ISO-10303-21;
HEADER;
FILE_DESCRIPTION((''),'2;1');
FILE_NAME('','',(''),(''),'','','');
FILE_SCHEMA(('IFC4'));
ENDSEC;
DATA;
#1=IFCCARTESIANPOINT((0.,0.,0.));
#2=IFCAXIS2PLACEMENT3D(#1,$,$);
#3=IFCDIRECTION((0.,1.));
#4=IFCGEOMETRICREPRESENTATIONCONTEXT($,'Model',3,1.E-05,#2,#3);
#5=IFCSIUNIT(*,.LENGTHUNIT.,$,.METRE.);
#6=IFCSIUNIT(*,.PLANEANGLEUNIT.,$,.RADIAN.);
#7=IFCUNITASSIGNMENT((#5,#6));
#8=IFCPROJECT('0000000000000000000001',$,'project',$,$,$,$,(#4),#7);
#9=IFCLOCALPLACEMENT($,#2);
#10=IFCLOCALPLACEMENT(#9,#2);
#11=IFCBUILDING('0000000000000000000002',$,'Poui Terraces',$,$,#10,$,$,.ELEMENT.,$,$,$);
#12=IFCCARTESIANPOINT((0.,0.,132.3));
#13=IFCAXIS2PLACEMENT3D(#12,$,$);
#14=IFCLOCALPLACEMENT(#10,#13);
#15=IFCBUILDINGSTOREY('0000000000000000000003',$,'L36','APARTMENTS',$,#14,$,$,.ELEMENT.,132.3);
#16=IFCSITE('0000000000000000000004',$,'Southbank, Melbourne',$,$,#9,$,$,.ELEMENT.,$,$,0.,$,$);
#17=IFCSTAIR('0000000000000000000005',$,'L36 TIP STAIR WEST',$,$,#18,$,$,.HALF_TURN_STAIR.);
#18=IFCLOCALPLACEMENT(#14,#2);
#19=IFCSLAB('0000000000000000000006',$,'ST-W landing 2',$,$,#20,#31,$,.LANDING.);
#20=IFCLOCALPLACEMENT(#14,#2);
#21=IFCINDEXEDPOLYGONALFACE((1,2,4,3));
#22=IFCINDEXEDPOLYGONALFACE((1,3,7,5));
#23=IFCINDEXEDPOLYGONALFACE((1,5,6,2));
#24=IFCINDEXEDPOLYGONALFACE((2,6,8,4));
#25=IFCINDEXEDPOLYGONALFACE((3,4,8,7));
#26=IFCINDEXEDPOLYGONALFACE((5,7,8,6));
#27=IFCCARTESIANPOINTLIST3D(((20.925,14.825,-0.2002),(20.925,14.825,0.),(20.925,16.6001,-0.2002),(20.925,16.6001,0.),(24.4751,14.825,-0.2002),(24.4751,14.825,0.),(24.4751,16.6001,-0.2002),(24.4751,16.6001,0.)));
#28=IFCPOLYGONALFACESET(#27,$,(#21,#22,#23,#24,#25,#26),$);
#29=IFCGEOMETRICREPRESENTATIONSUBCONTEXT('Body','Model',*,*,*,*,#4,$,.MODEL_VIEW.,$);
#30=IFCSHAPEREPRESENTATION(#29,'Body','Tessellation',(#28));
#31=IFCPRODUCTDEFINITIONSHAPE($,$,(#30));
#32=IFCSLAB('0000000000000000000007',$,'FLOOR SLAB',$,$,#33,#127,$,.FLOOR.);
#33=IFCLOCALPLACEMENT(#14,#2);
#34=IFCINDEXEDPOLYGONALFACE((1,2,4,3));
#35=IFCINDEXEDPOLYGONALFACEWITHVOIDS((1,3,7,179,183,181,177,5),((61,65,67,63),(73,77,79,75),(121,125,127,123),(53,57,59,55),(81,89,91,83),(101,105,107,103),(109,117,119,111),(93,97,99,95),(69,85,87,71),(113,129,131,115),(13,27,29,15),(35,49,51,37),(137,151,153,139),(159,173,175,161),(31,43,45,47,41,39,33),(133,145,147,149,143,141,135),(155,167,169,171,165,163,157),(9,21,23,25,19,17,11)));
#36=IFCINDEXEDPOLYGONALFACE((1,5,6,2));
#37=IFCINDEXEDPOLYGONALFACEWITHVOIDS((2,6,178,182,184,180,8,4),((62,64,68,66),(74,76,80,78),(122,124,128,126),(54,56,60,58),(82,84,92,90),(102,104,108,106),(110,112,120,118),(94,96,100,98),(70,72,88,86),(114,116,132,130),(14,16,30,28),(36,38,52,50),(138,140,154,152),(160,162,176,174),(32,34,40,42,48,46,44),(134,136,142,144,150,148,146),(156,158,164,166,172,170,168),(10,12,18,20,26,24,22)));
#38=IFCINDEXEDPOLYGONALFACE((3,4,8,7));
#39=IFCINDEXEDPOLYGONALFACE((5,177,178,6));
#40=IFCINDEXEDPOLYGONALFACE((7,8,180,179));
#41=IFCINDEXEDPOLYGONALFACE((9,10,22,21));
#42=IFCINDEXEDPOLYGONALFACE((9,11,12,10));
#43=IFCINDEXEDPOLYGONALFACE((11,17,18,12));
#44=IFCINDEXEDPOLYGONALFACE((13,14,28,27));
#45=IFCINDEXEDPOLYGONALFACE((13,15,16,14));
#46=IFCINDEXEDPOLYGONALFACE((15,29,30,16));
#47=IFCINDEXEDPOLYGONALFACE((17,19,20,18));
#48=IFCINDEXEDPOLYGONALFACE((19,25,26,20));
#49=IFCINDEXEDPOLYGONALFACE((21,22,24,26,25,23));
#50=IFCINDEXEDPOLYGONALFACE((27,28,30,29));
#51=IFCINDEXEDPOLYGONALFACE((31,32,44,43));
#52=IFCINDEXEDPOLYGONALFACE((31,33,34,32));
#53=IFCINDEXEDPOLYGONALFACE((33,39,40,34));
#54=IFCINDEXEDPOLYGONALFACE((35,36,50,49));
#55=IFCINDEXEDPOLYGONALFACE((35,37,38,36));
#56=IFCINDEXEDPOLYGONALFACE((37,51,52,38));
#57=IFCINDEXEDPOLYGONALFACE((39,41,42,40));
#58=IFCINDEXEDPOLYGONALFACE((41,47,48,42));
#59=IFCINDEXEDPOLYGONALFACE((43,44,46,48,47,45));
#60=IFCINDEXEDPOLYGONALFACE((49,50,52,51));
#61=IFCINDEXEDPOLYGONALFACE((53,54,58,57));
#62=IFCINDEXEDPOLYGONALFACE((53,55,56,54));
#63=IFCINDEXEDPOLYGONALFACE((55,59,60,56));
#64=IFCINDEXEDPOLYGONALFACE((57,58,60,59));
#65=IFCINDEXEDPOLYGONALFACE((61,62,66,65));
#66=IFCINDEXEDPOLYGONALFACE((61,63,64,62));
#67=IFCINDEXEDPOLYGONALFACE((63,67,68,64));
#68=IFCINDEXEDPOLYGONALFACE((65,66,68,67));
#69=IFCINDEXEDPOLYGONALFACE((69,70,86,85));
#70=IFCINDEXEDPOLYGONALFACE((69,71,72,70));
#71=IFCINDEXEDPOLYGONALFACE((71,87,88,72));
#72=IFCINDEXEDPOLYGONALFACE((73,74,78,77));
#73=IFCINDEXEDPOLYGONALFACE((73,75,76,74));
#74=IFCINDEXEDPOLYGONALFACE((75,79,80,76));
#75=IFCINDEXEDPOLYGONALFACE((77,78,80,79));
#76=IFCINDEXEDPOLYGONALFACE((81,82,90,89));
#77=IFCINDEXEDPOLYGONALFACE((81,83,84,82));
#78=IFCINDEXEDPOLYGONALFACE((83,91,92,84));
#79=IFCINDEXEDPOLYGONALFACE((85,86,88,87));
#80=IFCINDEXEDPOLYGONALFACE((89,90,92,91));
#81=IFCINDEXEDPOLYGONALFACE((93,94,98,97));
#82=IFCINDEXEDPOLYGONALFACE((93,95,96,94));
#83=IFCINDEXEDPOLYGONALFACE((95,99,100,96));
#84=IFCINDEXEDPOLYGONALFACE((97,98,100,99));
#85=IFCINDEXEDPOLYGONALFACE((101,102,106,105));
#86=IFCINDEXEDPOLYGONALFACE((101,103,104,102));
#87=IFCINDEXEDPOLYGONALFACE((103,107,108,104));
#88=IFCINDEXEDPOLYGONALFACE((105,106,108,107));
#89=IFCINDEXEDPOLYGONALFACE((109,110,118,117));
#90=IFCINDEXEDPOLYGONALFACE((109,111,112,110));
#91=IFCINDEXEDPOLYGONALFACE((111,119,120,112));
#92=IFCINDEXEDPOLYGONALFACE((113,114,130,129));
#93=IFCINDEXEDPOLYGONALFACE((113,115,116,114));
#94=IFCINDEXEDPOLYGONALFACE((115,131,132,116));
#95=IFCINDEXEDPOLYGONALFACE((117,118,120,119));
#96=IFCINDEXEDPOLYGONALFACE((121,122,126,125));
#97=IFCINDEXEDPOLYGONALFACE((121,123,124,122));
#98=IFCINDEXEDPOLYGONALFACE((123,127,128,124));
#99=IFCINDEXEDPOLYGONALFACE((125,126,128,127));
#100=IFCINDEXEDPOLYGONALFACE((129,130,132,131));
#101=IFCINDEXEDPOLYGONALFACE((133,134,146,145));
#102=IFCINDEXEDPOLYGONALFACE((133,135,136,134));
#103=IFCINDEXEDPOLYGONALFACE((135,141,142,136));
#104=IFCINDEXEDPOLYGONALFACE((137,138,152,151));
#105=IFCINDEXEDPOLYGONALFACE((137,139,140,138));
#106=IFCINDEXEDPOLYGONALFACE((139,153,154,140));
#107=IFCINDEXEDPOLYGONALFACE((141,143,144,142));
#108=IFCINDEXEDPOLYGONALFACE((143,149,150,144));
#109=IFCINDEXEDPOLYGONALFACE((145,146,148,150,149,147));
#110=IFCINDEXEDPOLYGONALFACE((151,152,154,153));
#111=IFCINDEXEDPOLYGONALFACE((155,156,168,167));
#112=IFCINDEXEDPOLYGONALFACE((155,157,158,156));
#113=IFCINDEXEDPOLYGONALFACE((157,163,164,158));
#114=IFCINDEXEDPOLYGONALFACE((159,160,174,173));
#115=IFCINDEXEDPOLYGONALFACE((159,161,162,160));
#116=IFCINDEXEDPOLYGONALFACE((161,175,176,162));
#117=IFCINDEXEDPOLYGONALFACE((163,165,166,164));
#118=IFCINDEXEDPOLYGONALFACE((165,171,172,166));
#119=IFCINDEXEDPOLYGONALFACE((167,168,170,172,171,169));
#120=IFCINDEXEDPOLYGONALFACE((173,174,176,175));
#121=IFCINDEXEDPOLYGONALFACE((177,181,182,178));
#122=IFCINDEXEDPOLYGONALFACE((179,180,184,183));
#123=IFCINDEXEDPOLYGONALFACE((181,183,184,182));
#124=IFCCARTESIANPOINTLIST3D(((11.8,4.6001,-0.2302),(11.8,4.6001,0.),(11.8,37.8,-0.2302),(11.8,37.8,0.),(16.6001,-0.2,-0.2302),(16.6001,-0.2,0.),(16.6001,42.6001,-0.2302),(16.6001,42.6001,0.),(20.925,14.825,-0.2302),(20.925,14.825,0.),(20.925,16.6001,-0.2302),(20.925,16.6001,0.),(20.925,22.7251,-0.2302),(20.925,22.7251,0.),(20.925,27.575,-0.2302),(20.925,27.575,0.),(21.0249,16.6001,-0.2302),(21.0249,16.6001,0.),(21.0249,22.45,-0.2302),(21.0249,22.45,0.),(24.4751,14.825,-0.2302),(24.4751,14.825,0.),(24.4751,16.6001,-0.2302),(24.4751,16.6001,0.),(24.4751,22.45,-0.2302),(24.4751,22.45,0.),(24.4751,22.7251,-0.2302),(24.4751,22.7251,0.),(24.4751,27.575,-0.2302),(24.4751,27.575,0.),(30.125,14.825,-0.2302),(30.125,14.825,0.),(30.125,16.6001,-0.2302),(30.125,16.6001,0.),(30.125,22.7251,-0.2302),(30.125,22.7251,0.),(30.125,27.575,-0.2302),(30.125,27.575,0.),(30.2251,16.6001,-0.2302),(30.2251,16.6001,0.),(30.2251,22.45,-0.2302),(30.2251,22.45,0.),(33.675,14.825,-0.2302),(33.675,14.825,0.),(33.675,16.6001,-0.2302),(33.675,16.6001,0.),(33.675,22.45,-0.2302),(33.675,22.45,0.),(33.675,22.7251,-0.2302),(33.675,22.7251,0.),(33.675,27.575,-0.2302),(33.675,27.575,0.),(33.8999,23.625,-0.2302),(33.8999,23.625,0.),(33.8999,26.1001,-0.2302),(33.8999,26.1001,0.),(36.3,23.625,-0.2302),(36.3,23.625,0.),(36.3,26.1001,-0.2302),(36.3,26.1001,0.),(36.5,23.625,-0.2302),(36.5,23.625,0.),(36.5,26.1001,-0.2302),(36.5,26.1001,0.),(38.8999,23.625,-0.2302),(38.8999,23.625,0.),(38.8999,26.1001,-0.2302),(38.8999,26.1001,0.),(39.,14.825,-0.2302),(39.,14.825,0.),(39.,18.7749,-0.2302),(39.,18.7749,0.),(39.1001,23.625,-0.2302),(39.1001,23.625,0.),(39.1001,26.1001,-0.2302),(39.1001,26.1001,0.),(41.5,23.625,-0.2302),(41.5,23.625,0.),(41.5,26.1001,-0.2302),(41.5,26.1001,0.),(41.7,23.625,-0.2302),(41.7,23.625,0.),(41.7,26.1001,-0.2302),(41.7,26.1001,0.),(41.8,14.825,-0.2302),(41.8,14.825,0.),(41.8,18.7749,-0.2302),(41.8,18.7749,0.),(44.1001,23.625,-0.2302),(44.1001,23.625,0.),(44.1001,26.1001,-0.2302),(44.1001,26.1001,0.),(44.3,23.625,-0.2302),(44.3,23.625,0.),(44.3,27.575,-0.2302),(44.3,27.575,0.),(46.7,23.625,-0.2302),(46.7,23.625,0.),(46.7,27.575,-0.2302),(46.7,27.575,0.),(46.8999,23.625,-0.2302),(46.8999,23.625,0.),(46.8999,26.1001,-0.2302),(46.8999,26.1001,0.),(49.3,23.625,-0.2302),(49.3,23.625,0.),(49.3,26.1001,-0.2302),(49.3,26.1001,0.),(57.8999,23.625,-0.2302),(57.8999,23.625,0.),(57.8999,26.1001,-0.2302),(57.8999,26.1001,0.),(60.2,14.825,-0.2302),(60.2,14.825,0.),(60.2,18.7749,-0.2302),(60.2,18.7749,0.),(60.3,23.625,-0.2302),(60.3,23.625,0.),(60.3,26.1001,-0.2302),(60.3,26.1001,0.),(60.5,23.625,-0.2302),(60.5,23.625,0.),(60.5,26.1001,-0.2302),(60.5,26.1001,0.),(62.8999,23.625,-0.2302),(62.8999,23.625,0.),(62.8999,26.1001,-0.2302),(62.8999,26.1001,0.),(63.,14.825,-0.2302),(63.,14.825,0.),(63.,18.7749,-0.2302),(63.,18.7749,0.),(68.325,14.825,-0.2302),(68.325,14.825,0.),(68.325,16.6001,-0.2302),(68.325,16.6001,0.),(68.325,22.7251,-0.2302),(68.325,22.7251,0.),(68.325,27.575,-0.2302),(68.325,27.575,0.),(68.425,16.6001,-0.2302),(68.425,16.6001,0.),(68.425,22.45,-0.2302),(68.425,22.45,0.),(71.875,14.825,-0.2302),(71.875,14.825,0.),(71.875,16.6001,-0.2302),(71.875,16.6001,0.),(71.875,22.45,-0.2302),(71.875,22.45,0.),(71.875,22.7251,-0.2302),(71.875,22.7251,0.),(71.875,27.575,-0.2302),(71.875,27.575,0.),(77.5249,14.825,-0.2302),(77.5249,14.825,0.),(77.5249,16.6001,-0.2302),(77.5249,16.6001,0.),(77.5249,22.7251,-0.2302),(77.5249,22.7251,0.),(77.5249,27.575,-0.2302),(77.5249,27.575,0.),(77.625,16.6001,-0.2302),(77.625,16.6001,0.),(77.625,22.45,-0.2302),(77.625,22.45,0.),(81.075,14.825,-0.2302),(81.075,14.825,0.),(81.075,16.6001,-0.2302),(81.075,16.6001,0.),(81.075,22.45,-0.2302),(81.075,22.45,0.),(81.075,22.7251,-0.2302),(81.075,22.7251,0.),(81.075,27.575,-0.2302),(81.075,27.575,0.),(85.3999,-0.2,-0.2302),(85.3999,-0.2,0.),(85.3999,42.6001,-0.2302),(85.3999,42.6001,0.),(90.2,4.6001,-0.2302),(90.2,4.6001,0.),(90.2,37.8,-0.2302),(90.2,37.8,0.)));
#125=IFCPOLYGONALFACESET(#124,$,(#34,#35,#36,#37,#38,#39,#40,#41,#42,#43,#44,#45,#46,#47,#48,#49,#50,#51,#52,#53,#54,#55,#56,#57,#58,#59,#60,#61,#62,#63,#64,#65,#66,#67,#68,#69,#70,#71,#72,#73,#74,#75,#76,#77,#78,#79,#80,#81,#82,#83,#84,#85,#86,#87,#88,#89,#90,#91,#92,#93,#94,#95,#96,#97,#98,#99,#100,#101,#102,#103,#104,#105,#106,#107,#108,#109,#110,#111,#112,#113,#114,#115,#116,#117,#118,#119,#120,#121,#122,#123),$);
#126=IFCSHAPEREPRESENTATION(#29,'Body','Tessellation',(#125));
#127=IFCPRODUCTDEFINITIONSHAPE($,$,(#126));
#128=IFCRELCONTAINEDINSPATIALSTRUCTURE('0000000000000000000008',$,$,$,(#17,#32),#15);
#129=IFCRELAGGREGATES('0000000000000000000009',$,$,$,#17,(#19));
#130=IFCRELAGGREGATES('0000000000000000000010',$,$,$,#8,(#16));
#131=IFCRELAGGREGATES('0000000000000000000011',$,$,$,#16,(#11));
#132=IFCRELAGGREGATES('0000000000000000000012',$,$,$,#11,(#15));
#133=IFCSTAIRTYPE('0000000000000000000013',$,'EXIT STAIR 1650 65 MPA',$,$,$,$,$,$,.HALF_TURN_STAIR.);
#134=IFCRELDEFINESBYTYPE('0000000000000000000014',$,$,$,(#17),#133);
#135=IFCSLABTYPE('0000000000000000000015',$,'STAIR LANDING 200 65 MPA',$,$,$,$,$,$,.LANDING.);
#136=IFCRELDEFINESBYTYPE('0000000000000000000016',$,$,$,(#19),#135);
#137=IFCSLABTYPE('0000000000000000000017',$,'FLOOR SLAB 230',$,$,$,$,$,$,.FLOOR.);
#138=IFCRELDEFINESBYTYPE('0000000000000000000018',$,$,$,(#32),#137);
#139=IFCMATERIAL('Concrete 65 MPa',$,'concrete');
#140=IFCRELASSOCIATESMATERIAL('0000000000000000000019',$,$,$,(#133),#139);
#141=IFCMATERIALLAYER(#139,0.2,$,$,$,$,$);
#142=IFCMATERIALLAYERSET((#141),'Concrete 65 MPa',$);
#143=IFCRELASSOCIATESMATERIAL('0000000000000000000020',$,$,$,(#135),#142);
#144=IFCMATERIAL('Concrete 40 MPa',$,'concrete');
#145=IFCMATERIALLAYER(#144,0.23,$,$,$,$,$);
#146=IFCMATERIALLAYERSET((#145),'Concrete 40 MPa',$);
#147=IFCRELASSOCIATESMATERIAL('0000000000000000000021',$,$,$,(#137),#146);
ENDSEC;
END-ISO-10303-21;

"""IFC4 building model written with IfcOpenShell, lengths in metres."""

from ifc_helpers import new_model, si_unit, direction, frame, origin, place, context, subcontext, project, spatial, polyline, outline, extrude, source, transform, mapped, material, layer, layer_set, type_object, element, aggregate, save


model = new_model("IFC4")

# Units and contexts
model_context = context("Model", 3, precision=1e-05, world=origin(), true_north=direction((0.0, 1.0)))
body_context = subcontext(model_context, "Body", "Model", "MODEL_VIEW")
ifc_project = project(units=[si_unit("LENGTHUNIT", "METRE"), si_unit("PLANEANGLEUNIT", "RADIAN")], contexts=[model_context])

# Site, building, storey
site_placement = place(None, origin())
site = spatial("IfcSite", under=ifc_project, at=site_placement, Name="Southbank, Melbourne", CompositionType="ELEMENT", RefElevation=0.0)
building_placement = place(site_placement, origin())
building = spatial("IfcBuilding", under=site, at=building_placement, Name="Poui Terraces", CompositionType="ELEMENT")
storey_placement = place(building_placement, frame((0.0, 0.0, 132.3)))
storey = spatial("IfcBuildingStorey", under=building, at=storey_placement, Name="L36", Description="APARTMENTS", CompositionType="ELEMENT", Elevation=132.3)

# Stair, slab
ifc_material_1 = material(Name="Concrete 65 MPa", Category="concrete")
stair_type = type_object("IfcStairType", Name="EXIT STAIR 1650 65 MPA", PredefinedType="HALF_TURN_STAIR", material=ifc_material_1)
stair_placement = place(storey_placement, origin())
stair = element("IfcStair", 1, at=stair_placement, inside=storey, type_object=stair_type, Name="L36 TIP STAIR WEST", PredefinedType="HALF_TURN_STAIR")
ifc_layer_1 = layer(ifc_material_1, 0.2)
ifc_layer_set_1 = layer_set([ifc_layer_1], Name="Concrete 65 MPa")
slab_type_1 = type_object("IfcSlabType", Name="STAIR LANDING 200 65 MPA", PredefinedType="LANDING", material=ifc_layer_set_1)
slab_1_placement = place(storey_placement, frame((0.0, 0.0, -0.2002)))
slab_1 = element("IfcSlab", 2, at=slab_1_placement, type_object=slab_type_1, Name="ST-W landing 2", PredefinedType="LANDING", context=body_context, shape_type="SweptSolid", body=[
    extrude(outline(polyline([(20.925, 14.825), (24.4751, 14.825), (24.4751, 16.6001), (20.925, 16.6001), (20.925, 14.825)])), origin(), (0.0, 0.0, 1.0), 0.2002),
])
aggregate(stair, [slab_1])

# Slab
ifc_material_2 = material(Name="Concrete 40 MPa", Category="concrete")
ifc_layer_2 = layer(ifc_material_2, 0.23)
ifc_layer_set_2 = layer_set([ifc_layer_2], Name="Concrete 40 MPa")
slab_type_2 = type_object("IfcSlabType", Name="FLOOR SLAB 230", PredefinedType="FLOOR", material=ifc_layer_set_2)
shared_shape = source(origin(), body_context, "Body", "SweptSolid", [
    extrude(outline(polyline([(0.0, 0.0), (4.8, -4.8), (73.5999, -4.8), (78.3999, 0.0), (78.3999, 33.2), (73.5999, 38.0), (4.8, 38.0), (0.0, 33.2), (0.0, 0.0)]), holes=[polyline([(27.2, 10.2249), (27.2, 14.1748), (30.0, 14.1748), (30.0, 10.2249), (27.2, 10.2249)]), polyline([(9.2249, 17.8499), (12.675, 17.8499), (12.675, 12.0), (12.675, 10.2249), (9.125, 10.2249), (9.125, 12.0), (9.2249, 12.0), (9.2249, 17.8499)]), polyline([(18.425, 17.8499), (21.875, 17.8499), (21.875, 12.0), (21.875, 10.2249), (18.325, 10.2249), (18.325, 12.0), (18.425, 12.0), (18.425, 17.8499)]), polyline([(22.0999, 19.0249), (22.0999, 21.5), (24.5, 21.5), (24.5, 19.0249), (22.0999, 19.0249)]), polyline([(24.7, 19.0249), (24.7, 21.5), (27.0999, 21.5), (27.0999, 19.0249), (24.7, 19.0249)]), polyline([(27.3, 19.0249), (27.3, 21.5), (29.7, 21.5), (29.7, 19.0249), (27.3, 19.0249)]), polyline([(29.8999, 19.0249), (29.8999, 21.5), (32.3, 21.5), (32.3, 19.0249), (29.8999, 19.0249)]), polyline([(9.125, 22.9749), (12.675, 22.9749), (12.675, 18.125), (9.125, 18.125), (9.125, 22.9749)]), polyline([(18.325, 22.9749), (21.875, 22.9749), (21.875, 18.125), (18.325, 18.125), (18.325, 22.9749)]), polyline([(48.3999, 10.2249), (48.3999, 14.1748), (51.2, 14.1748), (51.2, 10.2249), (48.3999, 10.2249)]), polyline([(56.625, 17.8499), (60.075, 17.8499), (60.075, 12.0), (60.075, 10.2249), (56.5249, 10.2249), (56.5249, 12.0), (56.625, 12.0), (56.625, 17.8499)]), polyline([(65.825, 17.8499), (69.2749, 17.8499), (69.2749, 12.0), (69.2749, 10.2249), (65.7249, 10.2249), (65.7249, 12.0), (65.825, 12.0), (65.825, 17.8499)]), polyline([(35.0999, 19.0249), (35.0999, 21.5), (37.5, 21.5), (37.5, 19.0249), (35.0999, 19.0249)]), polyline([(46.0999, 19.0249), (46.0999, 21.5), (48.5, 21.5), (48.5, 19.0249), (46.0999, 19.0249)]), polyline([(48.7, 19.0249), (48.7, 21.5), (51.0999, 21.5), (51.0999, 19.0249), (48.7, 19.0249)]), polyline([(56.5249, 18.125), (56.5249, 22.9749), (60.075, 22.9749), (60.075, 18.125), (56.5249, 18.125)]), polyline([(65.7249, 22.9749), (69.2749, 22.9749), (69.2749, 18.125), (65.7249, 18.125), (65.7249, 22.9749)]), polyline([(32.5, 22.9749), (34.8999, 22.9749), (34.8999, 19.0249), (32.5, 19.0249), (32.5, 22.9749)])]), origin(), (0.0, 0.0, 1.0), 0.2302),
])
slab_2_placement = place(storey_placement, frame((11.8, 4.6001, -0.2302)))
element("IfcSlab", 3, at=slab_2_placement, inside=storey, type_object=slab_type_2, Name="FLOOR SLAB", PredefinedType="FLOOR", context=body_context, shape_type="MappedRepresentation", body=[
    mapped(shared_shape, transform((0.0, 0.0, 0.0))),
])

save(model, "model.ifc")
